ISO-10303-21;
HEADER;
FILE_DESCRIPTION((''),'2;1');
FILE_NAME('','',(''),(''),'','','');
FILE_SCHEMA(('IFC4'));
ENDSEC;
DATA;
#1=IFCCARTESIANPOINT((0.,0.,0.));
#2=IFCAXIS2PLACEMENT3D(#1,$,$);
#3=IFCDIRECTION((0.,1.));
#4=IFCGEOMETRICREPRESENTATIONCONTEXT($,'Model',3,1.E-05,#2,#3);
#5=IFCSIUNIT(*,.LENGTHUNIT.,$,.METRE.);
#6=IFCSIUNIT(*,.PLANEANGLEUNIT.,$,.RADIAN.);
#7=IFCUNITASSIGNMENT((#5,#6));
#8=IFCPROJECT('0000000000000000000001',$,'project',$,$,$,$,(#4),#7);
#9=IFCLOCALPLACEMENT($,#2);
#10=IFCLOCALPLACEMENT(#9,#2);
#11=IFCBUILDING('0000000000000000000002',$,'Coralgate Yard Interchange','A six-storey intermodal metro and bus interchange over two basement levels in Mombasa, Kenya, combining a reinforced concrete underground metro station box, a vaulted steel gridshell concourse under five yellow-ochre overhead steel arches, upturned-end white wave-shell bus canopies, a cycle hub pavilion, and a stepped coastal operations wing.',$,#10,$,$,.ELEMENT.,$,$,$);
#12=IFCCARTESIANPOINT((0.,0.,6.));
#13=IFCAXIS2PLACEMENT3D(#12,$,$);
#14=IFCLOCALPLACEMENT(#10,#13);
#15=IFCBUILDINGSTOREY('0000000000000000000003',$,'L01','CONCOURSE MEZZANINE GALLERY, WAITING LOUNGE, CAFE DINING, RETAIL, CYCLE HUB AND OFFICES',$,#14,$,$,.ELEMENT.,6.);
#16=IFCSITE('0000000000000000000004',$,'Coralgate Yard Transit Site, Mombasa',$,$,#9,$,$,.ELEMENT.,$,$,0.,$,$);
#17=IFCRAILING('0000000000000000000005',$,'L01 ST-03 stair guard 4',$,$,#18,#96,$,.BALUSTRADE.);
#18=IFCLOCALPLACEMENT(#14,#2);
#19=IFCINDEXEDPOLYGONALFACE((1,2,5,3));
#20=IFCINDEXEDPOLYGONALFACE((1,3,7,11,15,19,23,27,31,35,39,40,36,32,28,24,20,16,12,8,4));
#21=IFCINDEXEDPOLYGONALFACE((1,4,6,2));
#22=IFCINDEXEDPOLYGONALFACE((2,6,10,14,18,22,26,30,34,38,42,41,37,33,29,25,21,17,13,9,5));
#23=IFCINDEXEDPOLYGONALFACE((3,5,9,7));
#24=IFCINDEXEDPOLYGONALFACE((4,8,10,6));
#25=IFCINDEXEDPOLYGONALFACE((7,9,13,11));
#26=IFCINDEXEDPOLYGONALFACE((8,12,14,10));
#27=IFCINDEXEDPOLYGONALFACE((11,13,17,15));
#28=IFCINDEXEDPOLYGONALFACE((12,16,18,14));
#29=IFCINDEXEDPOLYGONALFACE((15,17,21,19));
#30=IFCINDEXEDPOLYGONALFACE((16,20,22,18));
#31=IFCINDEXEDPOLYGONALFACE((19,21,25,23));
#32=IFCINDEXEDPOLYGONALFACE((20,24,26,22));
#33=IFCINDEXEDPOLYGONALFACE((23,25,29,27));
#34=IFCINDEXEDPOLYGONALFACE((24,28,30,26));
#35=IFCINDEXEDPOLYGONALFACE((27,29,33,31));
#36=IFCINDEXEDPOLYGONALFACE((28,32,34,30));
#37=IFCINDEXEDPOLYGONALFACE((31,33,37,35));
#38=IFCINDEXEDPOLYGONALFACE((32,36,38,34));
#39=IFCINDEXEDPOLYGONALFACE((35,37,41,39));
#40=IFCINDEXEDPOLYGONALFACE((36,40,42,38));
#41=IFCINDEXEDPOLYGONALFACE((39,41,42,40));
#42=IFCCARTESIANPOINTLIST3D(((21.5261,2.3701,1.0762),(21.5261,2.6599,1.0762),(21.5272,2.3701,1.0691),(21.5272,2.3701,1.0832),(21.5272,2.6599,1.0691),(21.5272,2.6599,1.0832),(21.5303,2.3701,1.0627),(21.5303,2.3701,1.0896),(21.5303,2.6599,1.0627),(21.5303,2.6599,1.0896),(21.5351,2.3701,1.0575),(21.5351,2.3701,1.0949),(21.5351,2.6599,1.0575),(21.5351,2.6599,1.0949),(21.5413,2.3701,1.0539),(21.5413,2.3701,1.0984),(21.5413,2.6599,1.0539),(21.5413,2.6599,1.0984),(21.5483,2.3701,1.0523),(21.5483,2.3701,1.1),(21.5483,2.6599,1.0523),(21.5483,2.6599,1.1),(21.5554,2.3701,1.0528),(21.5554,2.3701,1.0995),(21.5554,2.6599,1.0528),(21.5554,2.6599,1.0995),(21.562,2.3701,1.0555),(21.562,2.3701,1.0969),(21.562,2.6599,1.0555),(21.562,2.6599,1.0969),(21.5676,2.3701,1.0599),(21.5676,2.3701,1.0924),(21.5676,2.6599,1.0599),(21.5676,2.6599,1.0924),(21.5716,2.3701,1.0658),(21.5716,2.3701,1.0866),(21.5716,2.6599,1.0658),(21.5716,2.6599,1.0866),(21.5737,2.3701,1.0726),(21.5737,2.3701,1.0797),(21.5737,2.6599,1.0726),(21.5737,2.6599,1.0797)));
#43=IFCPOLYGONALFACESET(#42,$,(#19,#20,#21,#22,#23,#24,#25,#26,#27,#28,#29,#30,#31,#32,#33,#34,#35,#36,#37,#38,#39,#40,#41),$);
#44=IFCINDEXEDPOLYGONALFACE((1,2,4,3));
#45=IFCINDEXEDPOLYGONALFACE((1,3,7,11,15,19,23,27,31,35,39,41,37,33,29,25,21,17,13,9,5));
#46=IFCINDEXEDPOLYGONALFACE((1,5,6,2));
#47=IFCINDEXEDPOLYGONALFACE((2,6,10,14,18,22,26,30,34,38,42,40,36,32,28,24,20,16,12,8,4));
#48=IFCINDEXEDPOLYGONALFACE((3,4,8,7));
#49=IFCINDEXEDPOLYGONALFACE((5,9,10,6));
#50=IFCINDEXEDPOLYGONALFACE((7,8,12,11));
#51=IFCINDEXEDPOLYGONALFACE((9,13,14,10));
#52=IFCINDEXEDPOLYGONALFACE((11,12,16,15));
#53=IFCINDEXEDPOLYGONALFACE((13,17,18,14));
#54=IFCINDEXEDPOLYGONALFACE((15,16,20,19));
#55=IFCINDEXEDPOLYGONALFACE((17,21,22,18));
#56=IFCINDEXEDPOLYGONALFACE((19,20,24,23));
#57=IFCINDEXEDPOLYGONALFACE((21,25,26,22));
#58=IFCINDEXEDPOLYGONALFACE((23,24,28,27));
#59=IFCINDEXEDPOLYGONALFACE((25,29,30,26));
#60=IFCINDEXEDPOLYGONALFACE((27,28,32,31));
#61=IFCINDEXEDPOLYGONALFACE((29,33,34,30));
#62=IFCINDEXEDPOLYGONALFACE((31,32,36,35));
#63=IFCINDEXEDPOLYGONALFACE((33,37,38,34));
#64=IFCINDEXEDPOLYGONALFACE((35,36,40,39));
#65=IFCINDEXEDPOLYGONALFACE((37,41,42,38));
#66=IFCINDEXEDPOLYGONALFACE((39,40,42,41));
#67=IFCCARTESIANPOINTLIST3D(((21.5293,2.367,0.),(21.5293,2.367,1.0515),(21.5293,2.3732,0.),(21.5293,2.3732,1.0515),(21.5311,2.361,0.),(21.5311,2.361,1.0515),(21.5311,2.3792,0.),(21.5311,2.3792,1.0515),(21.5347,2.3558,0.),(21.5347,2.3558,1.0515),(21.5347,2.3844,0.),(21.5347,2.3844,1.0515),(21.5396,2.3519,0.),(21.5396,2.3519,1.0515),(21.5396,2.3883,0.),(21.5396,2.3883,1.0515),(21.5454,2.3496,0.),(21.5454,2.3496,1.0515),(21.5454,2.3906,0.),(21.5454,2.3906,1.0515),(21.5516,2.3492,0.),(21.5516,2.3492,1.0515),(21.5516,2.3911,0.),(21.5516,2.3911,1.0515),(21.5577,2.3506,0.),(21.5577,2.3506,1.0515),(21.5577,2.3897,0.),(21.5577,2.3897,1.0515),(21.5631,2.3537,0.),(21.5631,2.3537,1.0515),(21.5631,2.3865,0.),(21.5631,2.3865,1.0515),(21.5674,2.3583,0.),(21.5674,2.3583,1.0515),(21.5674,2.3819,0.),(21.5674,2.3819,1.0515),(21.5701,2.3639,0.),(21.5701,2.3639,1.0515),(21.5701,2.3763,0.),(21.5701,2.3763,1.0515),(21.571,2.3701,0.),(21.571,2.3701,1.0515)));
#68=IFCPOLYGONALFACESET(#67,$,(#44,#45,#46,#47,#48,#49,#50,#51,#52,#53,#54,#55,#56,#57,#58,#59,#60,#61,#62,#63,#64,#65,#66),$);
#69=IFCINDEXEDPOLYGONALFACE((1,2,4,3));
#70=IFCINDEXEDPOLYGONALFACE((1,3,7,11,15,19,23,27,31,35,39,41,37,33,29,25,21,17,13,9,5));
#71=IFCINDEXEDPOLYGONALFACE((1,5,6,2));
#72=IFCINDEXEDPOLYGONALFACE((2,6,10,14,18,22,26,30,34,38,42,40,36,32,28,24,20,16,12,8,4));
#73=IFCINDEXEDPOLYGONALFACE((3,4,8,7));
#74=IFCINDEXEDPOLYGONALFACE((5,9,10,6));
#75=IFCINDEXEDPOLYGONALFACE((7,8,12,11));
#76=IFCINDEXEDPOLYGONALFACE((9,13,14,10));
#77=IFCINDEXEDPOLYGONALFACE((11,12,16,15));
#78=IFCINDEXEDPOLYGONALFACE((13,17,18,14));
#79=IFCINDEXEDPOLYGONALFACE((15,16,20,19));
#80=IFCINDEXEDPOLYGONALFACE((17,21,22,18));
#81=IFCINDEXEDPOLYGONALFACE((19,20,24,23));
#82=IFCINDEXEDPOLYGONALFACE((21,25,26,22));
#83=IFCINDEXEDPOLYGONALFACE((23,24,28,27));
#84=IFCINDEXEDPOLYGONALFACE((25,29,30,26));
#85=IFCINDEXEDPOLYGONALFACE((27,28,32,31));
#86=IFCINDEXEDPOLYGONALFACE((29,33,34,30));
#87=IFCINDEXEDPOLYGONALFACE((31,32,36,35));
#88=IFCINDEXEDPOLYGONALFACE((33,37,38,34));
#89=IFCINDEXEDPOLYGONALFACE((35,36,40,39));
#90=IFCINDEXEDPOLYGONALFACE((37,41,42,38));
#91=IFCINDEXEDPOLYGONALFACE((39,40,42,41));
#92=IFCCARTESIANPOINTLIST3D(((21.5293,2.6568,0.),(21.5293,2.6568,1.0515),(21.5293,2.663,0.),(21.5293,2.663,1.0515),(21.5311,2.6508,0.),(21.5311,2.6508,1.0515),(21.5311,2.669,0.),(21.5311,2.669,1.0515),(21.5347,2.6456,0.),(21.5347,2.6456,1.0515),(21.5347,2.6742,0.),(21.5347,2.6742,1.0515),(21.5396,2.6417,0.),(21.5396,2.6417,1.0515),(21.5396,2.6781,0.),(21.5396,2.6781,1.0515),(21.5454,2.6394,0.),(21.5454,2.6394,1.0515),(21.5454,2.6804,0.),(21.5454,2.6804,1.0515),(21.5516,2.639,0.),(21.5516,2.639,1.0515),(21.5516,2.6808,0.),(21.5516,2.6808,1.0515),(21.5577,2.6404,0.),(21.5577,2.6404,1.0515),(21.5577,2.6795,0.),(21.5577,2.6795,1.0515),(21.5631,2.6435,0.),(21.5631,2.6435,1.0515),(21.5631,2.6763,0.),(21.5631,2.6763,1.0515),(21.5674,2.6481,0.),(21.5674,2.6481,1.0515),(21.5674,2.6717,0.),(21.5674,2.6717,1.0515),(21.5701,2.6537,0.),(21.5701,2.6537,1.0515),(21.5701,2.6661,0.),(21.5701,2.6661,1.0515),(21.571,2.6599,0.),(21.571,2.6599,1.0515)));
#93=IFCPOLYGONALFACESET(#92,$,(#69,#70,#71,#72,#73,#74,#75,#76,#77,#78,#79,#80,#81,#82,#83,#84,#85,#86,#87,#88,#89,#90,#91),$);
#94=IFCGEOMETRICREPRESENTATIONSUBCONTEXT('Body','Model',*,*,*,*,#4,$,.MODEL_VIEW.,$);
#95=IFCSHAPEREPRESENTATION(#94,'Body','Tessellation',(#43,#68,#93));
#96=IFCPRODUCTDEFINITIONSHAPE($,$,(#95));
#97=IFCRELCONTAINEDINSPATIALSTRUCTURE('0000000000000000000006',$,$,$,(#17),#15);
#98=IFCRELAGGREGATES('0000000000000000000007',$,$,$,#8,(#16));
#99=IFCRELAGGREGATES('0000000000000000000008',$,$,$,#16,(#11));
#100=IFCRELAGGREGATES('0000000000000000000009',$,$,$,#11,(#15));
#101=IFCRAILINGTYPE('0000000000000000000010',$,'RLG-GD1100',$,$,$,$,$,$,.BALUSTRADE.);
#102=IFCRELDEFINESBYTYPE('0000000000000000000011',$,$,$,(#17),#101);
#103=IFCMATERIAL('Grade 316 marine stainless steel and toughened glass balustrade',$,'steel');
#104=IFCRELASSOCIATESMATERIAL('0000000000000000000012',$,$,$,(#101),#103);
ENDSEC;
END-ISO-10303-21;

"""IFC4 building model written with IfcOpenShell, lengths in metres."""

from ifc_helpers import new_model, si_unit, direction, frame, origin, origin_2d, place, context, subcontext, project, spatial, circle, extrude, material, type_object, element, save


model = new_model("IFC4")

# Units and contexts
model_context = context("Model", 3, precision=1e-05, world=origin(), true_north=direction((0.0, 1.0)))
body_context = subcontext(model_context, "Body", "Model", "MODEL_VIEW")
ifc_project = project(units=[si_unit("LENGTHUNIT", "METRE"), si_unit("PLANEANGLEUNIT", "RADIAN")], contexts=[model_context])

# Site, building, storey
site_placement = place(None, origin())
site = spatial("IfcSite", under=ifc_project, at=site_placement, Name="Coralgate Yard Transit Site, Mombasa", CompositionType="ELEMENT", RefElevation=0.0)
building_placement = place(site_placement, origin())
building = spatial("IfcBuilding", under=site, at=building_placement, Name="Coralgate Yard Interchange", Description="A six-storey intermodal metro and bus interchange over two basement levels in Mombasa, Kenya, combining a reinforced concrete underground metro station box, a vaulted steel gridshell concourse under five yellow-ochre overhead steel arches, upturned-end white wave-shell bus canopies, a cycle hub pavilion, and a stepped coastal operations wing.", CompositionType="ELEMENT")
storey_placement = place(building_placement, frame((0.0, 0.0, 6.0)))
storey = spatial("IfcBuildingStorey", under=building, at=storey_placement, Name="L01", Description="CONCOURSE MEZZANINE GALLERY, WAITING LOUNGE, CAFE DINING, RETAIL, CYCLE HUB AND OFFICES", CompositionType="ELEMENT", Elevation=6.0)

# Railing
ifc_material_1 = material(Name="Grade 316 marine stainless steel and toughened glass balustrade", Category="steel")
railing_type_1 = type_object("IfcRailingType", Name="RLG-GD1100", PredefinedType="BALUSTRADE", material=ifc_material_1)
railing_1_placement = place(storey_placement, frame((21.55, 2.3701, 0.0)))
element("IfcRailing", 1, at=railing_1_placement, inside=storey, type_object=railing_type_1, Name="L01 ST-03 stair guard 4", PredefinedType="BALUSTRADE", context=body_context, shape_type="SweptSolid", body=[
    extrude(circle(Radius=0.0239, at=origin_2d()), frame((0.0, 0.0, 1.0762), z_axis=(0.0, 1.0, 0.0), x_axis=(-1.0, 0.0, 0.0)), (0.0, 0.0, 1.0), 0.2898),
    extrude(circle(Radius=0.021, at=origin_2d()), origin(), (0.0, 0.0, 1.0), 1.0515),
    extrude(circle(Radius=0.021, at=origin_2d()), frame((0.0, 0.2898, 0.0)), (0.0, 0.0, 1.0), 1.0515),
])

save(model, "model.ifc")
